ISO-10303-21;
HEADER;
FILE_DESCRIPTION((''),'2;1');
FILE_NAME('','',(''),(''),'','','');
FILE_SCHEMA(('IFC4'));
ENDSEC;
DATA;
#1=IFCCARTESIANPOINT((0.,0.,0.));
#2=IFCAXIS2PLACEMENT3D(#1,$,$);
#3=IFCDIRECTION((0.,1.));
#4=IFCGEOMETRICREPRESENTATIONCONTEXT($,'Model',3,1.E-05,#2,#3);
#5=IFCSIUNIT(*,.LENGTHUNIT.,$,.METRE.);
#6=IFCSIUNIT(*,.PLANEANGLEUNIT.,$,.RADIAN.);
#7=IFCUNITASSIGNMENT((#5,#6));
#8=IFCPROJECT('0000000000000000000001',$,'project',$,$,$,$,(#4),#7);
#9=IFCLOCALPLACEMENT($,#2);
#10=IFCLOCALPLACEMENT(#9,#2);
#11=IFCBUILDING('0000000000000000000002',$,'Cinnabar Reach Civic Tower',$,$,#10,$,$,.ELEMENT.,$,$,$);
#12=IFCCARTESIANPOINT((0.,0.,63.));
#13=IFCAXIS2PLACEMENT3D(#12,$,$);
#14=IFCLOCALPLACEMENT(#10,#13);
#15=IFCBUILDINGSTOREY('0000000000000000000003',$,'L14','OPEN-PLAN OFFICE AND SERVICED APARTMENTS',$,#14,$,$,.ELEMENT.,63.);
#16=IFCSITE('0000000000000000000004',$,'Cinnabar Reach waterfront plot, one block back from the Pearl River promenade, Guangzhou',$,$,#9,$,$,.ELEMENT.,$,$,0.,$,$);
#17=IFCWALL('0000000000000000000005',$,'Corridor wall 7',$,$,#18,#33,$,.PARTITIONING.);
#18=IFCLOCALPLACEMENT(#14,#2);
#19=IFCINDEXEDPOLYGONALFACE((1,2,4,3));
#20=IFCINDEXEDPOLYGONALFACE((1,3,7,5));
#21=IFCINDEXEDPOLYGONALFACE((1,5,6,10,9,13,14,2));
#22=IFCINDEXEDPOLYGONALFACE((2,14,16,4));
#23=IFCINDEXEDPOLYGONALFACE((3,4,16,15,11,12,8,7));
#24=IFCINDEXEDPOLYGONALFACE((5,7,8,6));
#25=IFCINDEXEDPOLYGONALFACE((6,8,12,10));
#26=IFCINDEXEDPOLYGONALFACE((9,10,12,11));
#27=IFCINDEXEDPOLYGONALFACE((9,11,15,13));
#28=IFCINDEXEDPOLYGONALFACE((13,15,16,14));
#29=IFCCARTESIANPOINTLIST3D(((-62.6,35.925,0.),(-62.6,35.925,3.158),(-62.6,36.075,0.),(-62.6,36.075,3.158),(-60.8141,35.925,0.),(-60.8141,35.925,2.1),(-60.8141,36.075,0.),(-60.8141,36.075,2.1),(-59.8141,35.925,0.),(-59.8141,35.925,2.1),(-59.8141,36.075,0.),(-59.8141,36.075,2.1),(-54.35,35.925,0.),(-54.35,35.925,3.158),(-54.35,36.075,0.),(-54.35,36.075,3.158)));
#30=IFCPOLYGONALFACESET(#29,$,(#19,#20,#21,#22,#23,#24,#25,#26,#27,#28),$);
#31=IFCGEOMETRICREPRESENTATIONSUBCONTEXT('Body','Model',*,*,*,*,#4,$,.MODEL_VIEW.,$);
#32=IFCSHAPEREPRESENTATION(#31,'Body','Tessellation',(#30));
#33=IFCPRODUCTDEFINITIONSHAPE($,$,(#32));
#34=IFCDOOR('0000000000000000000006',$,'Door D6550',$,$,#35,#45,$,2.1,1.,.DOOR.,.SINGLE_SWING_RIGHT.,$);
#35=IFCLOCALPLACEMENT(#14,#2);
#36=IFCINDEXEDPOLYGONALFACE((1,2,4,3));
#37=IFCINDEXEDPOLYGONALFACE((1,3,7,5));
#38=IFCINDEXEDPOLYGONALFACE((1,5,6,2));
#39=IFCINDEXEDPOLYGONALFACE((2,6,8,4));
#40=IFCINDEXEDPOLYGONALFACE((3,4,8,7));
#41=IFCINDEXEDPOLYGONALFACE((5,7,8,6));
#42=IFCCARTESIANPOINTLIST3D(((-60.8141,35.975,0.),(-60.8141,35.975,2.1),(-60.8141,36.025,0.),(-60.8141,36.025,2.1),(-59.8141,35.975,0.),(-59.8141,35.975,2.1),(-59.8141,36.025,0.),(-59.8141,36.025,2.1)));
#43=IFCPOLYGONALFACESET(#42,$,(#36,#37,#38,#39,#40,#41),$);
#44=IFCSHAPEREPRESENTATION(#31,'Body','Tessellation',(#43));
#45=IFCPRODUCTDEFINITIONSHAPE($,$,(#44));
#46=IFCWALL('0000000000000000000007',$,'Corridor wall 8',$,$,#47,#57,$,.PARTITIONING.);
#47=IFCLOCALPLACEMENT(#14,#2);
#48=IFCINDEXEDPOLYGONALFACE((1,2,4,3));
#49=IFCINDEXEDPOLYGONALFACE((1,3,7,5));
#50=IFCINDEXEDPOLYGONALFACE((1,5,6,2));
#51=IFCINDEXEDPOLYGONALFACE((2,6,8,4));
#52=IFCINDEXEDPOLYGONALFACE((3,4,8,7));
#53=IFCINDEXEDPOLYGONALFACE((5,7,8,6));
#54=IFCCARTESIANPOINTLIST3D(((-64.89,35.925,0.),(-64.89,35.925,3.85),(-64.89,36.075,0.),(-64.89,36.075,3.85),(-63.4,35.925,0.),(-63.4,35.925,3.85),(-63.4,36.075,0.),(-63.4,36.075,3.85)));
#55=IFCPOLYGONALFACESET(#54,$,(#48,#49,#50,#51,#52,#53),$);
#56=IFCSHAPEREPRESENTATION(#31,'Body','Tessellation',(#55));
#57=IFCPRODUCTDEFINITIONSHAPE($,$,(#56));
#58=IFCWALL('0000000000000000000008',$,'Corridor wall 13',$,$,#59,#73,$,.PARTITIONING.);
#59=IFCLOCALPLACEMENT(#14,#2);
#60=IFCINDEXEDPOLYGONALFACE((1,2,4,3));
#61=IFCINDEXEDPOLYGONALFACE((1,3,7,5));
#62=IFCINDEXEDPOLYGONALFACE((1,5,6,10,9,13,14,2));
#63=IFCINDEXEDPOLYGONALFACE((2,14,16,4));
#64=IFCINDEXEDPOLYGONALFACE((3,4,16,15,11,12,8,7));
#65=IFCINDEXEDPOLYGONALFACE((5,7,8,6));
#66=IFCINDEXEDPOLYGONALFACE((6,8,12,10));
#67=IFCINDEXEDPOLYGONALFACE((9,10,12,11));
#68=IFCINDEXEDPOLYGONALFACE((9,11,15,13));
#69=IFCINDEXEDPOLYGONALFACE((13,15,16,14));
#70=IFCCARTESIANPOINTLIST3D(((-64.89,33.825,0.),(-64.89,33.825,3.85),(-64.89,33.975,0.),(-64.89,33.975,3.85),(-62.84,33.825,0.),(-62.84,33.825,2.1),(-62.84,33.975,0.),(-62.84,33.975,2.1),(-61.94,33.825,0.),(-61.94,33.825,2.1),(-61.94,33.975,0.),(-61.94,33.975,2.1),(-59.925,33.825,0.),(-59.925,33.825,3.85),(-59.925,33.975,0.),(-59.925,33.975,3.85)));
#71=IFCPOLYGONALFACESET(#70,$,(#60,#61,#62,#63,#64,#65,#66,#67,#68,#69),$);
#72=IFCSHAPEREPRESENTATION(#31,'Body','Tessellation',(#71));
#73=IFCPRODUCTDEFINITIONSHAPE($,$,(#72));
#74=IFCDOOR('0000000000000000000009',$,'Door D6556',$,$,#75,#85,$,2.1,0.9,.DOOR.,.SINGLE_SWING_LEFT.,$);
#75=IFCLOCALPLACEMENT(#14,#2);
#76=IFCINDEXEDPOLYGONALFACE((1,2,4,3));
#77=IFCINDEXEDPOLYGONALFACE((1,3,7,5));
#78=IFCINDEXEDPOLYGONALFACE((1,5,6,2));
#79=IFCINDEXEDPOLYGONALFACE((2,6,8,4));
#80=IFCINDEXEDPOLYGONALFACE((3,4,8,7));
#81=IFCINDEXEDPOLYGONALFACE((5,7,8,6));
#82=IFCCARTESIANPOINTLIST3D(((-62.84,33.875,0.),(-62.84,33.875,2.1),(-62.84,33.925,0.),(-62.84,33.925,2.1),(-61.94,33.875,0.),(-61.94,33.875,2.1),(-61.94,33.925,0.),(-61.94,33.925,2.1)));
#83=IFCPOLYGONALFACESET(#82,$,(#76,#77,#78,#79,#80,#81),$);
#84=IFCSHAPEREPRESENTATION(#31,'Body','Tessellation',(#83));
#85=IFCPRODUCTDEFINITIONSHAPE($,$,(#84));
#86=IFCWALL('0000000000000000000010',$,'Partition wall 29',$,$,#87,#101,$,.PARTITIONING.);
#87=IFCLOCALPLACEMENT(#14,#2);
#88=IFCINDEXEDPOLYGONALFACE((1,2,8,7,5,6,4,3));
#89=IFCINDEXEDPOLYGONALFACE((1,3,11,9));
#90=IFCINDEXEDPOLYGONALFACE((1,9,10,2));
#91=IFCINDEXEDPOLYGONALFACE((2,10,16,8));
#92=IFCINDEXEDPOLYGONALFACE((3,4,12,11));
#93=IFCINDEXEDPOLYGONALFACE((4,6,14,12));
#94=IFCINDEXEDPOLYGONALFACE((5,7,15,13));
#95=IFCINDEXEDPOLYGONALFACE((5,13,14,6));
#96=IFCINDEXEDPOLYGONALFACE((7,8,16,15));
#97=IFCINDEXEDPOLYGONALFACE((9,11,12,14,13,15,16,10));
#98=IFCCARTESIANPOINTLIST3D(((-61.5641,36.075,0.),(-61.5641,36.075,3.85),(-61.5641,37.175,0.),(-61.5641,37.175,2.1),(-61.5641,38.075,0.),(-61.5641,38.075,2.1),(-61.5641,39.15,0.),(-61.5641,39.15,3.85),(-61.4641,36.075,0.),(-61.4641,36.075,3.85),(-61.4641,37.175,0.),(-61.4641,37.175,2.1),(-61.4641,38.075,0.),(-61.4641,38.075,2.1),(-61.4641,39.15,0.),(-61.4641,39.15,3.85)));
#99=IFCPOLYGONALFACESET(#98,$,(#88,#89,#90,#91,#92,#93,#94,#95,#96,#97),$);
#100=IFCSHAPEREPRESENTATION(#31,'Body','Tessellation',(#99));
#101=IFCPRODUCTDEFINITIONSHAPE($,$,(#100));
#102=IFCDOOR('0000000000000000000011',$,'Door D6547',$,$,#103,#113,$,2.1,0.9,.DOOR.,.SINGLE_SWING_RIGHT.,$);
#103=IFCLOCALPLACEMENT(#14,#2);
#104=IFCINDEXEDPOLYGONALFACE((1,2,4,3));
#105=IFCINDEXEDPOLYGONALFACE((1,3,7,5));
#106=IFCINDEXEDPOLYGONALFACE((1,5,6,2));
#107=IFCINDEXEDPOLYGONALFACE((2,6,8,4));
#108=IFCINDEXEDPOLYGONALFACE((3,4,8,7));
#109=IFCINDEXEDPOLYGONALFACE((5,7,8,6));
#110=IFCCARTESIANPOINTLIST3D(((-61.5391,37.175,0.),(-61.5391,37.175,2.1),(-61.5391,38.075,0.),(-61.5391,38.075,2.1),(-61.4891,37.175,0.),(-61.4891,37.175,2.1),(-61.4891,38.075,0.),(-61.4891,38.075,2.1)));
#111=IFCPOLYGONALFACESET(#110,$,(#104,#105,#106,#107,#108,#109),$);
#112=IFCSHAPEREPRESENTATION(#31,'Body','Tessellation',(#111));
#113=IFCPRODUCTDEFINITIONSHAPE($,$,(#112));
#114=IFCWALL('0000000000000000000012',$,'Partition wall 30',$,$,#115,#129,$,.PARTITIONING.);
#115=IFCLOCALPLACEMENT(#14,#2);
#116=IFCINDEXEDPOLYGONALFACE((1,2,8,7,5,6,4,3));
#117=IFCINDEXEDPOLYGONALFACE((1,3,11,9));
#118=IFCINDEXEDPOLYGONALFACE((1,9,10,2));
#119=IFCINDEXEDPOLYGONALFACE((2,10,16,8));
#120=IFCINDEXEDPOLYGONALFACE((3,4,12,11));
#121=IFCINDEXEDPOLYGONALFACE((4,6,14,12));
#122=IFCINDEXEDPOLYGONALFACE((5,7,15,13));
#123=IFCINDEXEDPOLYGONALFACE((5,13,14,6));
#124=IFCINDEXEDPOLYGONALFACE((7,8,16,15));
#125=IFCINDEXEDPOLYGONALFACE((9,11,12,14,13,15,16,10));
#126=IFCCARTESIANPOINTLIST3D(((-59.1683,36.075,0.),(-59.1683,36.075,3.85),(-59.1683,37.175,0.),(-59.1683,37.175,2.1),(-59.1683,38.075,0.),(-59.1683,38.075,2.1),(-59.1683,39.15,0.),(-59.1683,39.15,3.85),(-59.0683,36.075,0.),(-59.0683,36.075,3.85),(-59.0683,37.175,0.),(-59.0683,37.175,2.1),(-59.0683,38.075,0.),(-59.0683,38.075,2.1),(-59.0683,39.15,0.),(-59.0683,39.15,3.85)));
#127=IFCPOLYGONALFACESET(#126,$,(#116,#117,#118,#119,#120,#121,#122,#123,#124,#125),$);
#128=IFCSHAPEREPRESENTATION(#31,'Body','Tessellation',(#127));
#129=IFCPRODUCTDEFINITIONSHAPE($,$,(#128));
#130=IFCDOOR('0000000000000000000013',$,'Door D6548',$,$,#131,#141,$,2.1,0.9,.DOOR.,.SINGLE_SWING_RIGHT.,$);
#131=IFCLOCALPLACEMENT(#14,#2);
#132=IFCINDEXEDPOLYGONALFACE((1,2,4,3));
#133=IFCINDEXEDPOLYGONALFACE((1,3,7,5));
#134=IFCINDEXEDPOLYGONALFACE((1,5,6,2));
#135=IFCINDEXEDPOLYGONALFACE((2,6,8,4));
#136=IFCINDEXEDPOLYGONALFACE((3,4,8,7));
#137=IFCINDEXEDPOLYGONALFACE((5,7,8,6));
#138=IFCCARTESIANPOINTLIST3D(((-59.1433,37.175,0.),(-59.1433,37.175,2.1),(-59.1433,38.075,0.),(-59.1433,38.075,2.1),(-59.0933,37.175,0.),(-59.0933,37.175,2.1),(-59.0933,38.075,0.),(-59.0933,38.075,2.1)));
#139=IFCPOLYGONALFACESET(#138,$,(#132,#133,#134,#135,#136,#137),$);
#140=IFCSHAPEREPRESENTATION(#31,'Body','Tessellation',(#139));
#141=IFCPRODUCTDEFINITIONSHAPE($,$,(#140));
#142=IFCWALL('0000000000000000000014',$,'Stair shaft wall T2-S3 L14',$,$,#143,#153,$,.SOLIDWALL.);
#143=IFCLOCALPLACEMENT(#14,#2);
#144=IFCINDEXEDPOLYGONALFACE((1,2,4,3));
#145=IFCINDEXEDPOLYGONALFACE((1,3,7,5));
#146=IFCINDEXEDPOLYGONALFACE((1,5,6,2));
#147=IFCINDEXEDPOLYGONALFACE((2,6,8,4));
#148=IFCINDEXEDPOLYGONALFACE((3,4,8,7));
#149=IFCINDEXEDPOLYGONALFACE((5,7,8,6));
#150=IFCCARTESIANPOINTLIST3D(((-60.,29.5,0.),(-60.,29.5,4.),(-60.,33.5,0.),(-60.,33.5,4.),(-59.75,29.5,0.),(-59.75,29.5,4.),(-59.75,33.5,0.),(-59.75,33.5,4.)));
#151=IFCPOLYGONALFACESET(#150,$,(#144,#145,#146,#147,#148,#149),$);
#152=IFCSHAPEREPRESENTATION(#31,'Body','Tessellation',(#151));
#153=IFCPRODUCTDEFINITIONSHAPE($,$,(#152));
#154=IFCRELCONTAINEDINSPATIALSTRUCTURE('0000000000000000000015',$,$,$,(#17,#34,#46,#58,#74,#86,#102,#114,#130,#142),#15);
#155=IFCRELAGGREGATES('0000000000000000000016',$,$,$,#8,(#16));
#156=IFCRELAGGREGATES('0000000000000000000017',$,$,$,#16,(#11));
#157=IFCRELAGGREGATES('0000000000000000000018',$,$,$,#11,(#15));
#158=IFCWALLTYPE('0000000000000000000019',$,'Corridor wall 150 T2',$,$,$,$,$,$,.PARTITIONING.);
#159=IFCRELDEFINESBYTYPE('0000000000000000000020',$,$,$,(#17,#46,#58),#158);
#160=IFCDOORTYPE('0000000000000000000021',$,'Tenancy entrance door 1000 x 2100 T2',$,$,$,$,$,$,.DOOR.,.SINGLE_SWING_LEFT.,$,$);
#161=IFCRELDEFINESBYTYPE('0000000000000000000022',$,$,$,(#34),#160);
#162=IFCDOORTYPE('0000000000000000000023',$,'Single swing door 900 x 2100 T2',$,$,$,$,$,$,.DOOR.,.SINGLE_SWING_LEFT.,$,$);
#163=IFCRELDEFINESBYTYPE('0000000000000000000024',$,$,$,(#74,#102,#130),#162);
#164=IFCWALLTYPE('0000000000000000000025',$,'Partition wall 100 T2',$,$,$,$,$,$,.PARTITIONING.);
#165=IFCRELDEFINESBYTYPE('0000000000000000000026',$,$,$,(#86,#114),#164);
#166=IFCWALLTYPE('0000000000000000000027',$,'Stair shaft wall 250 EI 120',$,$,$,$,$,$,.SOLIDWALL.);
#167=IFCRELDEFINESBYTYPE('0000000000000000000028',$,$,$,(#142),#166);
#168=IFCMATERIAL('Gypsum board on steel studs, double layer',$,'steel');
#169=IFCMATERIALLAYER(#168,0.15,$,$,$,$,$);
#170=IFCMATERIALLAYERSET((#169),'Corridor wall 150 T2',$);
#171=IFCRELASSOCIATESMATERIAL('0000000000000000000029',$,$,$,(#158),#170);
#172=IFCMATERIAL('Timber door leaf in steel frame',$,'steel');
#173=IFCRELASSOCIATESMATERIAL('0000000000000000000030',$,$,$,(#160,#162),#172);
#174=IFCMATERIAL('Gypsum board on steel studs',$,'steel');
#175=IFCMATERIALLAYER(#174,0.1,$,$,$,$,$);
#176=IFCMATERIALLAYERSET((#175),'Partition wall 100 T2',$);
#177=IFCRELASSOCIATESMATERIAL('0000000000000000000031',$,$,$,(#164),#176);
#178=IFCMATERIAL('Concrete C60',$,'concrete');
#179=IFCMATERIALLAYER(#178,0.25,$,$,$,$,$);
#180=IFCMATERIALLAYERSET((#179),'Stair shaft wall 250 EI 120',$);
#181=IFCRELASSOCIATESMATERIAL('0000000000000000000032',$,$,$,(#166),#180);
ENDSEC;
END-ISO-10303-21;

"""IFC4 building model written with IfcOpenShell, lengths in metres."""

from ifc_helpers import new_model, si_unit, direction, frame, frame_2d, origin, place, context, subcontext, project, spatial, rectangle, extrude, material, layer, layer_set, type_object, element, fill, save


model = new_model("IFC4")

# Units and contexts
model_context = context("Model", 3, precision=1e-05, world=origin(), true_north=direction((0.0, 1.0)))
body_context = subcontext(model_context, "Body", "Model", "MODEL_VIEW")
ifc_project = project(units=[si_unit("LENGTHUNIT", "METRE"), si_unit("PLANEANGLEUNIT", "RADIAN")], contexts=[model_context])

# Site, building, storey
site_placement = place(None, origin())
site = spatial("IfcSite", under=ifc_project, at=site_placement, Name="Cinnabar Reach waterfront plot, one block back from the Pearl River promenade, Guangzhou", CompositionType="ELEMENT", RefElevation=0.0)
building_placement = place(site_placement, origin())
building = spatial("IfcBuilding", under=site, at=building_placement, Name="Cinnabar Reach Civic Tower", CompositionType="ELEMENT")
storey_placement = place(building_placement, frame((0.0, 0.0, 63.0)))
storey = spatial("IfcBuildingStorey", under=building, at=storey_placement, Name="L14", Description="OPEN-PLAN OFFICE AND SERVICED APARTMENTS", CompositionType="ELEMENT", Elevation=63.0)

# Shared definitions
ifc_material_1 = material(Name="Concrete C60", Category="concrete")

# Wall, opening, door
ifc_material_2 = material(Name="Gypsum board on steel studs, double layer", Category="steel")
ifc_layer_1 = layer(ifc_material_2, 0.15)
ifc_layer_set_1 = layer_set([ifc_layer_1], Name="Corridor wall 150 T2")
wall_type_1 = type_object("IfcWallType", Name="Corridor wall 150 T2", PredefinedType="PARTITIONING", material=ifc_layer_set_1)
wall_1_placement = place(storey_placement, frame((-62.6, 36.0, 0.0), z_axis=(0.0, 0.0, 1.0), x_axis=(1.0, 0.0, 0.0)))
wall_1 = element("IfcWall", 1, at=wall_1_placement, inside=storey, type_object=wall_type_1, Name="Corridor wall 7", PredefinedType="PARTITIONING", context=body_context, shape_type="SweptSolid", body=[
    extrude(rectangle(XDim=8.25, YDim=0.15, at=frame_2d((4.125, 0.0))), origin(), (0.0, 0.0, 1.0), 3.158),
])
opening_1_placement = place(wall_1_placement, frame((1.7859, 0.0, 0.0)))
opening_1 = element("IfcOpeningElement", 2, at=opening_1_placement, cuts=wall_1, PredefinedType="OPENING", context=body_context, shape_type="SweptSolid", body=[
    extrude(rectangle(XDim=1.0, YDim=2.1, at=frame_2d((0.5, 1.05))), frame((0.0, 0.085, 0.0), z_axis=(0.0, -1.0, 0.0), x_axis=(1.0, 0.0, 0.0)), (0.0, 0.0, 1.0), 0.17),
])
ifc_material_3 = material(Name="Timber door leaf in steel frame", Category="steel")
door_type_1 = type_object("IfcDoorType", Name="Tenancy entrance door 1000 x 2100 T2", OperationType="SINGLE_SWING_LEFT", PredefinedType="DOOR", material=ifc_material_3)
door_1_placement = place(opening_1_placement, origin())
door_1 = element("IfcDoor", 3, at=door_1_placement, inside=storey, type_object=door_type_1, Name="Door D6550", OperationType="SINGLE_SWING_RIGHT", OverallHeight=2.1, OverallWidth=1.0, PredefinedType="DOOR", context=body_context, shape_type="SweptSolid", body=[
    extrude(rectangle(XDim=1.0, YDim=2.1, at=frame_2d((0.5, 1.05))), frame((0.0, 0.025, 0.0), z_axis=(0.0, -1.0, 0.0), x_axis=(1.0, 0.0, 0.0)), (0.0, 0.0, 1.0), 0.05),
])
fill(opening_1, door_1)

# Wall
wall_2_placement = place(storey_placement, frame((-64.89, 36.0, 0.0), z_axis=(0.0, 0.0, 1.0), x_axis=(1.0, 0.0, 0.0)))
element("IfcWall", 4, at=wall_2_placement, inside=storey, type_object=wall_type_1, Name="Corridor wall 8", PredefinedType="PARTITIONING", context=body_context, shape_type="SweptSolid", body=[
    extrude(rectangle(XDim=1.49, YDim=0.15, at=frame_2d((0.745, 0.0))), origin(), (0.0, 0.0, 1.0), 3.85),
])

# Walls, openings, doors
wall_3_placement = place(storey_placement, frame((-64.89, 33.9, 0.0), z_axis=(0.0, 0.0, 1.0), x_axis=(1.0, 0.0, 0.0)))
wall_3 = element("IfcWall", 5, at=wall_3_placement, inside=storey, type_object=wall_type_1, Name="Corridor wall 13", PredefinedType="PARTITIONING", context=body_context, shape_type="SweptSolid", body=[
    extrude(rectangle(XDim=4.965, YDim=0.15, at=frame_2d((2.4825, 0.0))), origin(), (0.0, 0.0, 1.0), 3.85),
])
opening_2_placement = place(wall_3_placement, frame((2.05, 0.0, 0.0)))
opening_2 = element("IfcOpeningElement", 6, at=opening_2_placement, cuts=wall_3, PredefinedType="OPENING", context=body_context, shape_type="SweptSolid", body=[
    extrude(rectangle(XDim=0.9, YDim=2.1, at=frame_2d((0.45, 1.05))), frame((0.0, 0.085, 0.0), z_axis=(0.0, -1.0, 0.0), x_axis=(1.0, 0.0, 0.0)), (0.0, 0.0, 1.0), 0.17),
])
door_type_2 = type_object("IfcDoorType", Name="Single swing door 900 x 2100 T2", OperationType="SINGLE_SWING_LEFT", PredefinedType="DOOR", material=ifc_material_3)
door_2_placement = place(opening_2_placement, frame((0.9, 0.0, 0.0), z_axis=(0.0, 0.0, 1.0), x_axis=(-1.0, 0.0, 0.0)))
door_2 = element("IfcDoor", 7, at=door_2_placement, inside=storey, type_object=door_type_2, Name="Door D6556", OperationType="SINGLE_SWING_LEFT", OverallHeight=2.1, OverallWidth=0.9, PredefinedType="DOOR", context=body_context, shape_type="SweptSolid", body=[
    extrude(rectangle(XDim=0.9, YDim=2.1, at=frame_2d((0.45, 1.05))), frame((0.0, 0.025, 0.0), z_axis=(0.0, -1.0, 0.0), x_axis=(1.0, 0.0, 0.0)), (0.0, 0.0, 1.0), 0.05),
])
fill(opening_2, door_2)
ifc_material_4 = material(Name="Gypsum board on steel studs", Category="steel")
ifc_layer_2 = layer(ifc_material_4, 0.1)
ifc_layer_set_2 = layer_set([ifc_layer_2], Name="Partition wall 100 T2")
wall_type_2 = type_object("IfcWallType", Name="Partition wall 100 T2", PredefinedType="PARTITIONING", material=ifc_layer_set_2)
wall_4_placement = place(storey_placement, frame((-61.5141, 36.075, 0.0), z_axis=(0.0, 0.0, 1.0), x_axis=(0.0, 1.0, 0.0)))
wall_4 = element("IfcWall", 8, at=wall_4_placement, inside=storey, type_object=wall_type_2, Name="Partition wall 29", PredefinedType="PARTITIONING", context=body_context, shape_type="SweptSolid", body=[
    extrude(rectangle(XDim=3.075, YDim=0.1, at=frame_2d((1.5375, 0.0))), origin(), (0.0, 0.0, 1.0), 3.85),
])
opening_3_placement = place(wall_4_placement, frame((1.1, 0.0, 0.0)))
opening_3 = element("IfcOpeningElement", 9, at=opening_3_placement, cuts=wall_4, PredefinedType="OPENING", context=body_context, shape_type="SweptSolid", body=[
    extrude(rectangle(XDim=0.9, YDim=2.1, at=frame_2d((0.45, 1.05))), frame((0.0, 0.06, 0.0), z_axis=(0.0, -1.0, 0.0), x_axis=(1.0, 0.0, 0.0)), (0.0, 0.0, 1.0), 0.12),
])
door_3_placement = place(opening_3_placement, origin())
door_3 = element("IfcDoor", 10, at=door_3_placement, inside=storey, type_object=door_type_2, Name="Door D6547", OperationType="SINGLE_SWING_RIGHT", OverallHeight=2.1, OverallWidth=0.9, PredefinedType="DOOR", context=body_context, shape_type="SweptSolid", body=[
    extrude(rectangle(XDim=0.9, YDim=2.1, at=frame_2d((0.45, 1.05))), frame((0.0, 0.025, 0.0), z_axis=(0.0, -1.0, 0.0), x_axis=(1.0, 0.0, 0.0)), (0.0, 0.0, 1.0), 0.05),
])
fill(opening_3, door_3)
wall_5_placement = place(storey_placement, frame((-59.1183, 36.075, 0.0), z_axis=(0.0, 0.0, 1.0), x_axis=(0.0, 1.0, 0.0)))
wall_5 = element("IfcWall", 11, at=wall_5_placement, inside=storey, type_object=wall_type_2, Name="Partition wall 30", PredefinedType="PARTITIONING", context=body_context, shape_type="SweptSolid", body=[
    extrude(rectangle(XDim=3.075, YDim=0.1, at=frame_2d((1.5375, 0.0))), origin(), (0.0, 0.0, 1.0), 3.85),
])
opening_4_placement = place(wall_5_placement, frame((1.1, 0.0, 0.0)))
opening_4 = element("IfcOpeningElement", 12, at=opening_4_placement, cuts=wall_5, PredefinedType="OPENING", context=body_context, shape_type="SweptSolid", body=[
    extrude(rectangle(XDim=0.9, YDim=2.1, at=frame_2d((0.45, 1.05))), frame((0.0, 0.06, 0.0), z_axis=(0.0, -1.0, 0.0), x_axis=(1.0, 0.0, 0.0)), (0.0, 0.0, 1.0), 0.12),
])
door_4_placement = place(opening_4_placement, origin())
door_4 = element("IfcDoor", 13, at=door_4_placement, inside=storey, type_object=door_type_2, Name="Door D6548", OperationType="SINGLE_SWING_RIGHT", OverallHeight=2.1, OverallWidth=0.9, PredefinedType="DOOR", context=body_context, shape_type="SweptSolid", body=[
    extrude(rectangle(XDim=0.9, YDim=2.1, at=frame_2d((0.45, 1.05))), frame((0.0, 0.025, 0.0), z_axis=(0.0, -1.0, 0.0), x_axis=(1.0, 0.0, 0.0)), (0.0, 0.0, 1.0), 0.05),
])
fill(opening_4, door_4)

# Wall
ifc_layer_3 = layer(ifc_material_1, 0.25)
ifc_layer_set_3 = layer_set([ifc_layer_3], Name="Stair shaft wall 250 EI 120")
wall_type_3 = type_object("IfcWallType", Name="Stair shaft wall 250 EI 120", PredefinedType="SOLIDWALL", material=ifc_layer_set_3)
wall_6_placement = place(storey_placement, frame((-59.875, 33.5, 0.0), z_axis=(0.0, 0.0, 1.0), x_axis=(0.0, -1.0, 0.0)))
element("IfcWall", 14, at=wall_6_placement, inside=storey, type_object=wall_type_3, Name="Stair shaft wall T2-S3 L14", PredefinedType="SOLIDWALL", context=body_context, shape_type="SweptSolid", body=[
    extrude(rectangle(XDim=4.0, YDim=0.25, at=frame_2d((2.0, 0.0))), origin(), (0.0, 0.0, 1.0), 4.0),
])

save(model, "model.ifc")
